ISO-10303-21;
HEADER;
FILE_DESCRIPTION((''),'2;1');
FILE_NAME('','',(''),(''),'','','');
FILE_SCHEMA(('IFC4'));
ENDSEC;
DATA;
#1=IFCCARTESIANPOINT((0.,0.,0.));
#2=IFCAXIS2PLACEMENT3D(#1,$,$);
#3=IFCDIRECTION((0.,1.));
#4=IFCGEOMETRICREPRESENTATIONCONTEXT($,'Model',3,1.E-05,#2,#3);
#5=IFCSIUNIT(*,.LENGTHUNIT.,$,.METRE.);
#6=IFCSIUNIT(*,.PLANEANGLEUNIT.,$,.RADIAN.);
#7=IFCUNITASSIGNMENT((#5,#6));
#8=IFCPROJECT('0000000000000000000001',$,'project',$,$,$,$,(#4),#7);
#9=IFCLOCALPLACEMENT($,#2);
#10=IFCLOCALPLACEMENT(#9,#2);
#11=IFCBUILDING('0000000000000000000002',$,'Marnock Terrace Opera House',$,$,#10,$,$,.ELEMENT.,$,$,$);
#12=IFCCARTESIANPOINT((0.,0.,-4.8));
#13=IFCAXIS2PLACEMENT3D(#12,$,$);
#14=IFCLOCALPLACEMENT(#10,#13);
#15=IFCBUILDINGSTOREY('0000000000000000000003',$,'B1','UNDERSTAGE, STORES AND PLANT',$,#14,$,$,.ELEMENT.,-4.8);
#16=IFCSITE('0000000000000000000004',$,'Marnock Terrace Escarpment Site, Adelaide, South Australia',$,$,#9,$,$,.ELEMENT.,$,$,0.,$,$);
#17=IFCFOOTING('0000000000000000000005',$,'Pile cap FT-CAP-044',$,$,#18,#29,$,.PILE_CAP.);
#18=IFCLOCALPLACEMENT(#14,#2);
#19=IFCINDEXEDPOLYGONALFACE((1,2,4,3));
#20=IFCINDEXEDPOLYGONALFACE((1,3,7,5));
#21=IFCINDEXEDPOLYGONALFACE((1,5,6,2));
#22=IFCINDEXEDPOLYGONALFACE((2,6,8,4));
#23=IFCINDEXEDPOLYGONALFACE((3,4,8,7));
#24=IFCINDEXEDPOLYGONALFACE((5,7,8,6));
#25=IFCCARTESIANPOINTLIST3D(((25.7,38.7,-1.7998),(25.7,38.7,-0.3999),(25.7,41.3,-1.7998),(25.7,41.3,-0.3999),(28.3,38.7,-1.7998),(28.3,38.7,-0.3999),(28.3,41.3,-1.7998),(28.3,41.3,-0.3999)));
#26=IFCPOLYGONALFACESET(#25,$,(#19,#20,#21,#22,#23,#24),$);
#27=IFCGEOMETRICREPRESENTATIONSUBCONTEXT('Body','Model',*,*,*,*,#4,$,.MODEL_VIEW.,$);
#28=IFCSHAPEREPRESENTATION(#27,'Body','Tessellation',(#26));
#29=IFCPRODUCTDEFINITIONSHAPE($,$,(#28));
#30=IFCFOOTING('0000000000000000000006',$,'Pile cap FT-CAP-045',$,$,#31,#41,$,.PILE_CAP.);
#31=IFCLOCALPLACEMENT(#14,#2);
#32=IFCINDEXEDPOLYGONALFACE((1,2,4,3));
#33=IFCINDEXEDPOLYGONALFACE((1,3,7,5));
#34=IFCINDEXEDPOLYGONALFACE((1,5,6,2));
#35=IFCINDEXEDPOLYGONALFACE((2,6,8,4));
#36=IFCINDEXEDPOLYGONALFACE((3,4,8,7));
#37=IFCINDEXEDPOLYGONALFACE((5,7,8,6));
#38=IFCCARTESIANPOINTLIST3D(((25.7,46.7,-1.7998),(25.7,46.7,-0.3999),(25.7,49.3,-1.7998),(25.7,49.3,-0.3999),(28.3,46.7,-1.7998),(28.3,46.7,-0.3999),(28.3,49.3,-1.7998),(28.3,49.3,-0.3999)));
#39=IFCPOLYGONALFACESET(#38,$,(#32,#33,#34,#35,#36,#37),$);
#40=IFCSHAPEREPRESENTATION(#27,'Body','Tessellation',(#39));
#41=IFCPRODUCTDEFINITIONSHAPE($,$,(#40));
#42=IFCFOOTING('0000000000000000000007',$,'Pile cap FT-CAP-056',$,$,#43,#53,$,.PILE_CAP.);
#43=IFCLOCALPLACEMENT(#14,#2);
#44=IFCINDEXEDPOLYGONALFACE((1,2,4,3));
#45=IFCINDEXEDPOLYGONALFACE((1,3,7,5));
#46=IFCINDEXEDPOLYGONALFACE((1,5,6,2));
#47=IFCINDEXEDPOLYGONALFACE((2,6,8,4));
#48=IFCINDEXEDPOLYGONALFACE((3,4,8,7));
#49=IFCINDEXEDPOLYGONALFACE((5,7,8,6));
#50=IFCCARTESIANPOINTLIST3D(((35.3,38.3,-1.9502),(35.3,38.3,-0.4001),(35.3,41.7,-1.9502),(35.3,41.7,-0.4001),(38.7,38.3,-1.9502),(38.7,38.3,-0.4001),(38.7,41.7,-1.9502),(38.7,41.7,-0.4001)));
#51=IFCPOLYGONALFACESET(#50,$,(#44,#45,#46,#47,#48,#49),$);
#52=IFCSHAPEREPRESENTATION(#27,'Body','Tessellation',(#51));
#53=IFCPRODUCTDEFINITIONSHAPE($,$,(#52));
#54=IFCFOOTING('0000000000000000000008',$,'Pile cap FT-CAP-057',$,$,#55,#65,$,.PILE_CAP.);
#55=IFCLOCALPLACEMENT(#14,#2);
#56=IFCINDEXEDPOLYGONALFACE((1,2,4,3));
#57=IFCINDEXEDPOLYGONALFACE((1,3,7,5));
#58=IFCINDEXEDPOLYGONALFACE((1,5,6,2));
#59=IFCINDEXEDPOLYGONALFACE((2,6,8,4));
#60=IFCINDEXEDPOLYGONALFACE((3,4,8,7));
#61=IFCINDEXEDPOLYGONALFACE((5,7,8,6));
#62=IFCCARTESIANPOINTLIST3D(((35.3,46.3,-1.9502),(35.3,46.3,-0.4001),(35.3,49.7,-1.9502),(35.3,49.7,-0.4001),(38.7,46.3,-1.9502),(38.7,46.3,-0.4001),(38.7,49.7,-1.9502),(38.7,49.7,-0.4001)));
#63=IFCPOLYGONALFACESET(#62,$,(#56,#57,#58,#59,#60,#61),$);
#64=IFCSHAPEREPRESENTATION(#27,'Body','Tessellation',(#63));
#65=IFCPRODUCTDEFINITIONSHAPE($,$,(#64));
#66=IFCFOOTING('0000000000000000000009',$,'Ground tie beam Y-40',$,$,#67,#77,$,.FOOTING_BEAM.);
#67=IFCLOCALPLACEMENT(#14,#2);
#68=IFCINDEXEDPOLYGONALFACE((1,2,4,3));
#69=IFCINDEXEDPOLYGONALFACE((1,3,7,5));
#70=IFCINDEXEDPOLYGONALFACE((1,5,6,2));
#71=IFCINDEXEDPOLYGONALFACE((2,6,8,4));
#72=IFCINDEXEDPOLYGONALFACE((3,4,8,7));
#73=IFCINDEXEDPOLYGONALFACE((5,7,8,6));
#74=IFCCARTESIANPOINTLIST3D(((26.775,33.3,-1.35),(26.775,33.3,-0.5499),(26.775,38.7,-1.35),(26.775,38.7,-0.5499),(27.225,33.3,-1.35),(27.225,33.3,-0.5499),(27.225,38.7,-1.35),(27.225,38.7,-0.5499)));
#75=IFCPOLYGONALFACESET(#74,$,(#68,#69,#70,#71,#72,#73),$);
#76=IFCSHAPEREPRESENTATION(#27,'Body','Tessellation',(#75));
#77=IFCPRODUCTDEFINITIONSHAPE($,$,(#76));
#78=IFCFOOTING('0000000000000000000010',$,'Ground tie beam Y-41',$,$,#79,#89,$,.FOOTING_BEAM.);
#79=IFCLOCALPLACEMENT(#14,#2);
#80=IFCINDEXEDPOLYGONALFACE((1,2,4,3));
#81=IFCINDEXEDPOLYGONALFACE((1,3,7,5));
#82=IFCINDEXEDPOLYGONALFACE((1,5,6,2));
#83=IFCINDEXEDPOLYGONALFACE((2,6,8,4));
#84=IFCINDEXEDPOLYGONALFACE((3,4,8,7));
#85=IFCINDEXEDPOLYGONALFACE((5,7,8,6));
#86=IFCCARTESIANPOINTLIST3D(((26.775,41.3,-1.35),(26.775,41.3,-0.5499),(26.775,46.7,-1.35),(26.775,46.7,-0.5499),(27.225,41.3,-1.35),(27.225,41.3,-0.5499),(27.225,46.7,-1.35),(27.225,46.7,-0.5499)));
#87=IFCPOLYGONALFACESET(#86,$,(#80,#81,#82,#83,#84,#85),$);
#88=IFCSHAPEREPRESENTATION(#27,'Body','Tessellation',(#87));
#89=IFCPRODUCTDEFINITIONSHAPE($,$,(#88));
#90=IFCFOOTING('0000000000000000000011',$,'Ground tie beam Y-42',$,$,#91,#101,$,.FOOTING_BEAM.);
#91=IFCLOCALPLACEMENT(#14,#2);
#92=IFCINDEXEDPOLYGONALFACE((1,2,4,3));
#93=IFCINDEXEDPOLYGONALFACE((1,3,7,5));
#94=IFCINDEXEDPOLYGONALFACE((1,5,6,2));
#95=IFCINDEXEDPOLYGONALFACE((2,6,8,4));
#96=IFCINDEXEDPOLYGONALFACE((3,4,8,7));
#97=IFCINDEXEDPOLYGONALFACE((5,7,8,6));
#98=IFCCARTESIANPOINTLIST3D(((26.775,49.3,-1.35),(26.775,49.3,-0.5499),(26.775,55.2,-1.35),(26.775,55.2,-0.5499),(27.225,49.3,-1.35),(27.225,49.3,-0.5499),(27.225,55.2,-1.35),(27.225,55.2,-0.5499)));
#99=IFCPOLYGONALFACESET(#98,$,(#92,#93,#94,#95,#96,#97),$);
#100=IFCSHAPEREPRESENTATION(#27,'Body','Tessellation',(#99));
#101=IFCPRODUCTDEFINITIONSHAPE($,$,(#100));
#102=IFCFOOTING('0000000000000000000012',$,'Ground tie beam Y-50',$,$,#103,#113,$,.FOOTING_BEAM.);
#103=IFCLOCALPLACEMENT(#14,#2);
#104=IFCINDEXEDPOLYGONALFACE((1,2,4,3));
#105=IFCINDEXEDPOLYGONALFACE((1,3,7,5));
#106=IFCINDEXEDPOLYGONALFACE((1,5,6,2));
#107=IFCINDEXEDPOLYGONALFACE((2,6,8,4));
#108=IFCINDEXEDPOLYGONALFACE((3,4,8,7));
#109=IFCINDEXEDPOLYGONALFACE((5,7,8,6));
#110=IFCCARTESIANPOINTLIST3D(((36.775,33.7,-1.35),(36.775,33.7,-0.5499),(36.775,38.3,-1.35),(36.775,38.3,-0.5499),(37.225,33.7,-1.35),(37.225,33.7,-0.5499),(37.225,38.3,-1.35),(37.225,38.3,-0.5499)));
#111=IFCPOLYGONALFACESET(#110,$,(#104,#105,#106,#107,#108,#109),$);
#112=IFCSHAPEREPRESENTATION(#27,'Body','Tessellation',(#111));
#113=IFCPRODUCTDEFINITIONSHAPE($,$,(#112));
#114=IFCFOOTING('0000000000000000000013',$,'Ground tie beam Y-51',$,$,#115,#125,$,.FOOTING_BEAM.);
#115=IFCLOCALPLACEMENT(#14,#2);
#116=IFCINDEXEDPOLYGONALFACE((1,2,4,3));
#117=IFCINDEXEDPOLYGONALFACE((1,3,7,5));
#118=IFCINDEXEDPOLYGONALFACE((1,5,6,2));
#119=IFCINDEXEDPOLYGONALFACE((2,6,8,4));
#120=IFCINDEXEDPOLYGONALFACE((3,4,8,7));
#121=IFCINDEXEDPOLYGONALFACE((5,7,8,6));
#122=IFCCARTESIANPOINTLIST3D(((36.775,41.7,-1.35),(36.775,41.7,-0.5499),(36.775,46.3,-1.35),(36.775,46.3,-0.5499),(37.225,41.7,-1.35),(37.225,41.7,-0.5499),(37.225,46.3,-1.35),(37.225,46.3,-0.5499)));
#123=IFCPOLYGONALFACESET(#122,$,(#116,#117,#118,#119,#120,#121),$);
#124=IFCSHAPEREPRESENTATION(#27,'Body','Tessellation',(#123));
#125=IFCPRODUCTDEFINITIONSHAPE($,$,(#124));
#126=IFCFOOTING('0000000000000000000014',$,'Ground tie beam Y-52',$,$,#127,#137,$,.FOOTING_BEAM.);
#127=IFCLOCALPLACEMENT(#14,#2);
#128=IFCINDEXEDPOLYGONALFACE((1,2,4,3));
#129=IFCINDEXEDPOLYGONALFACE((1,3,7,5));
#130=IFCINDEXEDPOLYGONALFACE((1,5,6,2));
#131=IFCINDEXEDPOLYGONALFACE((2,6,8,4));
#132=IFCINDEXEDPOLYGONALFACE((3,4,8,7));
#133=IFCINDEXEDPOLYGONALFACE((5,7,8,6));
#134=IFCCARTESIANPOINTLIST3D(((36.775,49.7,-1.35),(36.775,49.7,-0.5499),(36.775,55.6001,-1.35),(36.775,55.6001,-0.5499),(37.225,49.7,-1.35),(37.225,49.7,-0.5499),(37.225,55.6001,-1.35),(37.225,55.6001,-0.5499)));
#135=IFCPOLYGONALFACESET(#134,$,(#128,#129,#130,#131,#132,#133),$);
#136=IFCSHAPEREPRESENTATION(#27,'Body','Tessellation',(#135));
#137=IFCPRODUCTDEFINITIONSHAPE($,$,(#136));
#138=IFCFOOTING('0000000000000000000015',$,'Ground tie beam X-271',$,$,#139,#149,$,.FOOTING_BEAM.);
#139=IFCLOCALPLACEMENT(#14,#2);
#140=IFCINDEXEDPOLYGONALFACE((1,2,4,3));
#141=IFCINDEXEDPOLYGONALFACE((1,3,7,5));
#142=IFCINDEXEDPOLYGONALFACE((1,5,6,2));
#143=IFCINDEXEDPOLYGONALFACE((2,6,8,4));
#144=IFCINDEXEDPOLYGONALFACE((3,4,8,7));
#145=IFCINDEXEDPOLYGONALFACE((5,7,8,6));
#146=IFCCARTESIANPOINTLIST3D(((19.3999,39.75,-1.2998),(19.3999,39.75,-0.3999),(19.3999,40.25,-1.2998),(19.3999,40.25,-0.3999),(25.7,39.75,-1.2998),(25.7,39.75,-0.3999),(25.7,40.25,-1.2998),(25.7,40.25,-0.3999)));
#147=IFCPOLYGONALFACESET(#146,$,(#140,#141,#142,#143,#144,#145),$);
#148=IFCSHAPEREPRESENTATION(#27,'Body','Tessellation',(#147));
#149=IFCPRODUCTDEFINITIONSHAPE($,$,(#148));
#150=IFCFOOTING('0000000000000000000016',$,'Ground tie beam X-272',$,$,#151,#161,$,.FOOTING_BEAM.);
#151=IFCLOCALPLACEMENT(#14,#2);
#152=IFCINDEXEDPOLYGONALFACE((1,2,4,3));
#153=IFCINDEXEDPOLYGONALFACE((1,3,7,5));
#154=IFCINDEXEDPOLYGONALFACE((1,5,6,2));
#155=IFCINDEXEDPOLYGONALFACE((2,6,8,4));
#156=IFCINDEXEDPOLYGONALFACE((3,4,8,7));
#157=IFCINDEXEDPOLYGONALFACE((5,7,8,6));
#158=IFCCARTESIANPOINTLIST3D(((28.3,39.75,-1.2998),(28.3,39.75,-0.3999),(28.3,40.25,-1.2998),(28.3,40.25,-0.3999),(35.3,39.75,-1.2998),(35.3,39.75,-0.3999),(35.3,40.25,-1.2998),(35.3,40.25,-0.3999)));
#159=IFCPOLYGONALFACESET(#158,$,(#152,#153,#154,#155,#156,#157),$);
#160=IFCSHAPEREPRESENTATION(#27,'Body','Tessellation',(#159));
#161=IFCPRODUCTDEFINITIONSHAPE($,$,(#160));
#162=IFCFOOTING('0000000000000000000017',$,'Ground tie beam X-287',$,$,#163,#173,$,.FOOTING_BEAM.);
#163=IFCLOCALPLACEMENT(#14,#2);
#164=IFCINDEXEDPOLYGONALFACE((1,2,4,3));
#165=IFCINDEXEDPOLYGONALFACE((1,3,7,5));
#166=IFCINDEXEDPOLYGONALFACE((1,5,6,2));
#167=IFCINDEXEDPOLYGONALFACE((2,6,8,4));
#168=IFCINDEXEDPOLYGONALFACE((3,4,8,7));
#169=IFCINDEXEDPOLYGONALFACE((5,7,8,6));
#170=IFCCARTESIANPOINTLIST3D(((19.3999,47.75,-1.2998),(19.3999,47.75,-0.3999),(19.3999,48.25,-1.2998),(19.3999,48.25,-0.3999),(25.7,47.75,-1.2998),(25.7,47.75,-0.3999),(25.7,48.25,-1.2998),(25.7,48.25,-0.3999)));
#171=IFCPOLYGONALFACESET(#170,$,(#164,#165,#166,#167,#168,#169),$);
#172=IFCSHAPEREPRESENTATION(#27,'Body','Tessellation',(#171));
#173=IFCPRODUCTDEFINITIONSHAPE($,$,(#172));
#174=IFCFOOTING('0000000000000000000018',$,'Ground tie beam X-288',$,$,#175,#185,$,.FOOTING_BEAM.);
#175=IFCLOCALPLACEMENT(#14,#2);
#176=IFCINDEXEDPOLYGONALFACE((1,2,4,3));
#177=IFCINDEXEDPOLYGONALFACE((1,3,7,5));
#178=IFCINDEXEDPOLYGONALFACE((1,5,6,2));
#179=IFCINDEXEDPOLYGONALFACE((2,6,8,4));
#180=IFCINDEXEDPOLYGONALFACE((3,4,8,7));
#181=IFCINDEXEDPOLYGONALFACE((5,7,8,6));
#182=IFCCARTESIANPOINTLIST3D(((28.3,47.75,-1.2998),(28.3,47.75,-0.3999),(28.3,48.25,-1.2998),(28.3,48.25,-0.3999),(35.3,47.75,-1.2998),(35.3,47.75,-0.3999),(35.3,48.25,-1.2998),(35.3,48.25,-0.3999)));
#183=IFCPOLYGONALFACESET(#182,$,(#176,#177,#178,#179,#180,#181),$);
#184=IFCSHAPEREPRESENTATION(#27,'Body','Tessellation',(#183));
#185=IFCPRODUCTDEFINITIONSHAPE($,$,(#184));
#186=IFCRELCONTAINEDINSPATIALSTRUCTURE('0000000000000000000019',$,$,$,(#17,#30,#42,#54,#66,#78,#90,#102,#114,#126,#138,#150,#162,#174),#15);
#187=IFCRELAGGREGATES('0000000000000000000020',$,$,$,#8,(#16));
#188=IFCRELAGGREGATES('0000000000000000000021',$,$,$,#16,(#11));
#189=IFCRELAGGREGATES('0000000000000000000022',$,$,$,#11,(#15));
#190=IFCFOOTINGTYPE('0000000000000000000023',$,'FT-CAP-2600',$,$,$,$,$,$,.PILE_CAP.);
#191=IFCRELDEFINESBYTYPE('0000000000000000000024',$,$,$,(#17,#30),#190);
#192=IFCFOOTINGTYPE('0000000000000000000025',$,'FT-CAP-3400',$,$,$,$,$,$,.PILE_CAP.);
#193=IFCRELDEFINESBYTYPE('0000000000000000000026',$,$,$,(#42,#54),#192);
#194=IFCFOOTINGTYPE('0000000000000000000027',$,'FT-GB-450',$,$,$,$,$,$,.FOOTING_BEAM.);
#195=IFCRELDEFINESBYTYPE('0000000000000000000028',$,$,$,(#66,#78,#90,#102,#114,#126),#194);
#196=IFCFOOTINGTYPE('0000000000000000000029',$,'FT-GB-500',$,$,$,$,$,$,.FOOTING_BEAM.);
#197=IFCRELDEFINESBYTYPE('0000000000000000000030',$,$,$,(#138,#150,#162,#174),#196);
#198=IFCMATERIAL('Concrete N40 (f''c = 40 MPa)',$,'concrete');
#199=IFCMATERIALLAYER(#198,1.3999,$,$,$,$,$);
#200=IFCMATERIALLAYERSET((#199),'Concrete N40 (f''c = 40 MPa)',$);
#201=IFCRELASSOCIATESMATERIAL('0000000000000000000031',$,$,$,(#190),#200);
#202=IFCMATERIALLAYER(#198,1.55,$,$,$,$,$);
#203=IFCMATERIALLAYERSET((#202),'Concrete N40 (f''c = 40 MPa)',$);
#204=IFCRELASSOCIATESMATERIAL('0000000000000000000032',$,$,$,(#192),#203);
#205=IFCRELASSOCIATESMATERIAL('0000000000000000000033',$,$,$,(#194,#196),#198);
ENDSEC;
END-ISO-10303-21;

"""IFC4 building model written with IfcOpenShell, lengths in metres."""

from ifc_helpers import new_model, si_unit, direction, frame, origin, origin_2d, place, context, subcontext, project, spatial, rectangle, extrude, material, layer, layer_set, material_profile, profile_set, type_object, element, save


model = new_model("IFC4")

# Units and contexts
model_context = context("Model", 3, precision=1e-05, world=origin(), true_north=direction((0.0, 1.0)))
body_context = subcontext(model_context, "Body", "Model", "MODEL_VIEW")
ifc_project = project(units=[si_unit("LENGTHUNIT", "METRE"), si_unit("PLANEANGLEUNIT", "RADIAN")], contexts=[model_context])

# Site, building, storey
site_placement = place(None, origin())
site = spatial("IfcSite", under=ifc_project, at=site_placement, Name="Marnock Terrace Escarpment Site, Adelaide, South Australia", CompositionType="ELEMENT", RefElevation=0.0)
building_placement = place(site_placement, origin())
building = spatial("IfcBuilding", under=site, at=building_placement, Name="Marnock Terrace Opera House", CompositionType="ELEMENT")
storey_placement = place(building_placement, frame((0.0, 0.0, -4.8)))
storey = spatial("IfcBuildingStorey", under=building, at=storey_placement, Name="B1", Description="UNDERSTAGE, STORES AND PLANT", CompositionType="ELEMENT", Elevation=-4.8)

# Footings
ifc_material_1 = material(Name="Concrete N40 (f'c = 40 MPa)", Category="concrete")
ifc_layer_1 = layer(ifc_material_1, 1.3999)
ifc_layer_set_1 = layer_set([ifc_layer_1], Name="Concrete N40 (f'c = 40 MPa)")
footing_type_1 = type_object("IfcFootingType", Name="FT-CAP-2600", PredefinedType="PILE_CAP", material=ifc_layer_set_1)
for number, where, z_axis, x_axis, name in (
    (1, (27.0, 40.0, -1.7998), (0.0, 0.0, 1.0), (1.0, 0.0, 0.0), "Pile cap FT-CAP-044"),
    (2, (27.0, 48.0, -1.7998), (0.0, 0.0, 1.0), (1.0, 0.0, 0.0), "Pile cap FT-CAP-045"),
):
    element("IfcFooting", number, at=place(storey_placement, frame(where, z_axis=z_axis, x_axis=x_axis)), inside=storey, type_object=footing_type_1, Name=name, PredefinedType="PILE_CAP", context=body_context, shape_type="SweptSolid", body=[
        extrude(rectangle(XDim=2.6001, YDim=2.6001, at=origin_2d()), origin(), (0.0, 0.0, 1.0), 1.3999),
    ])
ifc_layer_2 = layer(ifc_material_1, 1.55)
ifc_layer_set_2 = layer_set([ifc_layer_2], Name="Concrete N40 (f'c = 40 MPa)")
footing_type_2 = type_object("IfcFootingType", Name="FT-CAP-3400", PredefinedType="PILE_CAP", material=ifc_layer_set_2)
for number, where, z_axis, x_axis, name in (
    (3, (37.0, 40.0, -1.9502), (0.0, 0.0, 1.0), (1.0, 0.0, 0.0), "Pile cap FT-CAP-056"),
    (4, (37.0, 48.0, -1.9502), (0.0, 0.0, 1.0), (1.0, 0.0, 0.0), "Pile cap FT-CAP-057"),
):
    element("IfcFooting", number, at=place(storey_placement, frame(where, z_axis=z_axis, x_axis=x_axis)), inside=storey, type_object=footing_type_2, Name=name, PredefinedType="PILE_CAP", context=body_context, shape_type="SweptSolid", body=[
        extrude(rectangle(XDim=3.3999, YDim=3.3999, at=origin_2d()), origin(), (0.0, 0.0, 1.0), 1.55),
    ])
ifc_material_profile_1 = material_profile(ifc_material_1, rectangle(XDim=0.45, YDim=0.8, at=origin_2d()))
ifc_profile_set_1 = profile_set([ifc_material_profile_1], Name="Concrete N40 (f'c = 40 MPa)")
footing_type_3 = type_object("IfcFootingType", Name="FT-GB-450", PredefinedType="FOOTING_BEAM", material=ifc_profile_set_1)
for number, where, z_axis, x_axis, name in (
    (5, (27.0, 33.3, -0.95), (0.0, 1.0, 0.0), (-1.0, 0.0, 0.0), "Ground tie beam Y-40"),
    (6, (27.0, 41.3, -0.95), (0.0, 1.0, 0.0), (-1.0, 0.0, 0.0), "Ground tie beam Y-41"),
):
    element("IfcFooting", number, at=place(storey_placement, frame(where, z_axis=z_axis, x_axis=x_axis)), inside=storey, type_object=footing_type_3, Name=name, PredefinedType="FOOTING_BEAM", context=body_context, shape_type="SweptSolid", body=[
        extrude(rectangle(XDim=0.45, YDim=0.8, at=origin_2d()), origin(), (0.0, 0.0, 1.0), 5.3999),
    ])
footing_1_placement = place(storey_placement, frame((27.0, 49.3, -0.95), z_axis=(0.0, 1.0, 0.0), x_axis=(-1.0, 0.0, 0.0)))
element("IfcFooting", 7, at=footing_1_placement, inside=storey, type_object=footing_type_3, Name="Ground tie beam Y-42", PredefinedType="FOOTING_BEAM", context=body_context, shape_type="SweptSolid", body=[
    extrude(rectangle(XDim=0.45, YDim=0.8, at=origin_2d()), origin(), (0.0, 0.0, 1.0), 5.8999),
])
for number, where, z_axis, x_axis, name in (
    (8, (37.0, 33.7, -0.95), (0.0, 1.0, 0.0), (-1.0, 0.0, 0.0), "Ground tie beam Y-50"),
    (9, (37.0, 41.7, -0.95), (0.0, 1.0, 0.0), (-1.0, 0.0, 0.0), "Ground tie beam Y-51"),
):
    element("IfcFooting", number, at=place(storey_placement, frame(where, z_axis=z_axis, x_axis=x_axis)), inside=storey, type_object=footing_type_3, Name=name, PredefinedType="FOOTING_BEAM", context=body_context, shape_type="SweptSolid", body=[
        extrude(rectangle(XDim=0.45, YDim=0.8, at=origin_2d()), origin(), (0.0, 0.0, 1.0), 4.6001),
    ])
footing_2_placement = place(storey_placement, frame((37.0, 49.7, -0.95), z_axis=(0.0, 1.0, 0.0), x_axis=(-1.0, 0.0, 0.0)))
element("IfcFooting", 10, at=footing_2_placement, inside=storey, type_object=footing_type_3, Name="Ground tie beam Y-52", PredefinedType="FOOTING_BEAM", context=body_context, shape_type="SweptSolid", body=[
    extrude(rectangle(XDim=0.45, YDim=0.8, at=origin_2d()), origin(), (0.0, 0.0, 1.0), 5.9001),
])
ifc_material_profile_2 = material_profile(ifc_material_1, rectangle(XDim=0.5, YDim=0.8999, at=origin_2d()))
ifc_profile_set_2 = profile_set([ifc_material_profile_2], Name="Concrete N40 (f'c = 40 MPa)")
footing_type_4 = type_object("IfcFootingType", Name="FT-GB-500", PredefinedType="FOOTING_BEAM", material=ifc_profile_set_2)
footing_3_placement = place(storey_placement, frame((19.3999, 40.0, -0.8499), z_axis=(1.0, 0.0, 0.0), x_axis=(0.0, 1.0, 0.0)))
element("IfcFooting", 11, at=footing_3_placement, inside=storey, type_object=footing_type_4, Name="Ground tie beam X-271", PredefinedType="FOOTING_BEAM", context=body_context, shape_type="SweptSolid", body=[
    extrude(rectangle(XDim=0.5, YDim=0.8999, at=origin_2d()), origin(), (0.0, 0.0, 1.0), 6.3),
])
footing_4_placement = place(storey_placement, frame((28.3, 40.0, -0.8499), z_axis=(1.0, 0.0, 0.0), x_axis=(0.0, 1.0, 0.0)))
element("IfcFooting", 12, at=footing_4_placement, inside=storey, type_object=footing_type_4, Name="Ground tie beam X-272", PredefinedType="FOOTING_BEAM", context=body_context, shape_type="SweptSolid", body=[
    extrude(rectangle(XDim=0.5, YDim=0.8999, at=origin_2d()), origin(), (0.0, 0.0, 1.0), 7.0),
])
footing_5_placement = place(storey_placement, frame((19.3999, 48.0, -0.8499), z_axis=(1.0, 0.0, 0.0), x_axis=(0.0, 1.0, 0.0)))
element("IfcFooting", 13, at=footing_5_placement, inside=storey, type_object=footing_type_4, Name="Ground tie beam X-287", PredefinedType="FOOTING_BEAM", context=body_context, shape_type="SweptSolid", body=[
    extrude(rectangle(XDim=0.5, YDim=0.8999, at=origin_2d()), origin(), (0.0, 0.0, 1.0), 6.3),
])
footing_6_placement = place(storey_placement, frame((28.3, 48.0, -0.8499), z_axis=(1.0, 0.0, 0.0), x_axis=(0.0, 1.0, 0.0)))
element("IfcFooting", 14, at=footing_6_placement, inside=storey, type_object=footing_type_4, Name="Ground tie beam X-288", PredefinedType="FOOTING_BEAM", context=body_context, shape_type="SweptSolid", body=[
    extrude(rectangle(XDim=0.5, YDim=0.8999, at=origin_2d()), origin(), (0.0, 0.0, 1.0), 7.0),
])

save(model, "model.ifc")
